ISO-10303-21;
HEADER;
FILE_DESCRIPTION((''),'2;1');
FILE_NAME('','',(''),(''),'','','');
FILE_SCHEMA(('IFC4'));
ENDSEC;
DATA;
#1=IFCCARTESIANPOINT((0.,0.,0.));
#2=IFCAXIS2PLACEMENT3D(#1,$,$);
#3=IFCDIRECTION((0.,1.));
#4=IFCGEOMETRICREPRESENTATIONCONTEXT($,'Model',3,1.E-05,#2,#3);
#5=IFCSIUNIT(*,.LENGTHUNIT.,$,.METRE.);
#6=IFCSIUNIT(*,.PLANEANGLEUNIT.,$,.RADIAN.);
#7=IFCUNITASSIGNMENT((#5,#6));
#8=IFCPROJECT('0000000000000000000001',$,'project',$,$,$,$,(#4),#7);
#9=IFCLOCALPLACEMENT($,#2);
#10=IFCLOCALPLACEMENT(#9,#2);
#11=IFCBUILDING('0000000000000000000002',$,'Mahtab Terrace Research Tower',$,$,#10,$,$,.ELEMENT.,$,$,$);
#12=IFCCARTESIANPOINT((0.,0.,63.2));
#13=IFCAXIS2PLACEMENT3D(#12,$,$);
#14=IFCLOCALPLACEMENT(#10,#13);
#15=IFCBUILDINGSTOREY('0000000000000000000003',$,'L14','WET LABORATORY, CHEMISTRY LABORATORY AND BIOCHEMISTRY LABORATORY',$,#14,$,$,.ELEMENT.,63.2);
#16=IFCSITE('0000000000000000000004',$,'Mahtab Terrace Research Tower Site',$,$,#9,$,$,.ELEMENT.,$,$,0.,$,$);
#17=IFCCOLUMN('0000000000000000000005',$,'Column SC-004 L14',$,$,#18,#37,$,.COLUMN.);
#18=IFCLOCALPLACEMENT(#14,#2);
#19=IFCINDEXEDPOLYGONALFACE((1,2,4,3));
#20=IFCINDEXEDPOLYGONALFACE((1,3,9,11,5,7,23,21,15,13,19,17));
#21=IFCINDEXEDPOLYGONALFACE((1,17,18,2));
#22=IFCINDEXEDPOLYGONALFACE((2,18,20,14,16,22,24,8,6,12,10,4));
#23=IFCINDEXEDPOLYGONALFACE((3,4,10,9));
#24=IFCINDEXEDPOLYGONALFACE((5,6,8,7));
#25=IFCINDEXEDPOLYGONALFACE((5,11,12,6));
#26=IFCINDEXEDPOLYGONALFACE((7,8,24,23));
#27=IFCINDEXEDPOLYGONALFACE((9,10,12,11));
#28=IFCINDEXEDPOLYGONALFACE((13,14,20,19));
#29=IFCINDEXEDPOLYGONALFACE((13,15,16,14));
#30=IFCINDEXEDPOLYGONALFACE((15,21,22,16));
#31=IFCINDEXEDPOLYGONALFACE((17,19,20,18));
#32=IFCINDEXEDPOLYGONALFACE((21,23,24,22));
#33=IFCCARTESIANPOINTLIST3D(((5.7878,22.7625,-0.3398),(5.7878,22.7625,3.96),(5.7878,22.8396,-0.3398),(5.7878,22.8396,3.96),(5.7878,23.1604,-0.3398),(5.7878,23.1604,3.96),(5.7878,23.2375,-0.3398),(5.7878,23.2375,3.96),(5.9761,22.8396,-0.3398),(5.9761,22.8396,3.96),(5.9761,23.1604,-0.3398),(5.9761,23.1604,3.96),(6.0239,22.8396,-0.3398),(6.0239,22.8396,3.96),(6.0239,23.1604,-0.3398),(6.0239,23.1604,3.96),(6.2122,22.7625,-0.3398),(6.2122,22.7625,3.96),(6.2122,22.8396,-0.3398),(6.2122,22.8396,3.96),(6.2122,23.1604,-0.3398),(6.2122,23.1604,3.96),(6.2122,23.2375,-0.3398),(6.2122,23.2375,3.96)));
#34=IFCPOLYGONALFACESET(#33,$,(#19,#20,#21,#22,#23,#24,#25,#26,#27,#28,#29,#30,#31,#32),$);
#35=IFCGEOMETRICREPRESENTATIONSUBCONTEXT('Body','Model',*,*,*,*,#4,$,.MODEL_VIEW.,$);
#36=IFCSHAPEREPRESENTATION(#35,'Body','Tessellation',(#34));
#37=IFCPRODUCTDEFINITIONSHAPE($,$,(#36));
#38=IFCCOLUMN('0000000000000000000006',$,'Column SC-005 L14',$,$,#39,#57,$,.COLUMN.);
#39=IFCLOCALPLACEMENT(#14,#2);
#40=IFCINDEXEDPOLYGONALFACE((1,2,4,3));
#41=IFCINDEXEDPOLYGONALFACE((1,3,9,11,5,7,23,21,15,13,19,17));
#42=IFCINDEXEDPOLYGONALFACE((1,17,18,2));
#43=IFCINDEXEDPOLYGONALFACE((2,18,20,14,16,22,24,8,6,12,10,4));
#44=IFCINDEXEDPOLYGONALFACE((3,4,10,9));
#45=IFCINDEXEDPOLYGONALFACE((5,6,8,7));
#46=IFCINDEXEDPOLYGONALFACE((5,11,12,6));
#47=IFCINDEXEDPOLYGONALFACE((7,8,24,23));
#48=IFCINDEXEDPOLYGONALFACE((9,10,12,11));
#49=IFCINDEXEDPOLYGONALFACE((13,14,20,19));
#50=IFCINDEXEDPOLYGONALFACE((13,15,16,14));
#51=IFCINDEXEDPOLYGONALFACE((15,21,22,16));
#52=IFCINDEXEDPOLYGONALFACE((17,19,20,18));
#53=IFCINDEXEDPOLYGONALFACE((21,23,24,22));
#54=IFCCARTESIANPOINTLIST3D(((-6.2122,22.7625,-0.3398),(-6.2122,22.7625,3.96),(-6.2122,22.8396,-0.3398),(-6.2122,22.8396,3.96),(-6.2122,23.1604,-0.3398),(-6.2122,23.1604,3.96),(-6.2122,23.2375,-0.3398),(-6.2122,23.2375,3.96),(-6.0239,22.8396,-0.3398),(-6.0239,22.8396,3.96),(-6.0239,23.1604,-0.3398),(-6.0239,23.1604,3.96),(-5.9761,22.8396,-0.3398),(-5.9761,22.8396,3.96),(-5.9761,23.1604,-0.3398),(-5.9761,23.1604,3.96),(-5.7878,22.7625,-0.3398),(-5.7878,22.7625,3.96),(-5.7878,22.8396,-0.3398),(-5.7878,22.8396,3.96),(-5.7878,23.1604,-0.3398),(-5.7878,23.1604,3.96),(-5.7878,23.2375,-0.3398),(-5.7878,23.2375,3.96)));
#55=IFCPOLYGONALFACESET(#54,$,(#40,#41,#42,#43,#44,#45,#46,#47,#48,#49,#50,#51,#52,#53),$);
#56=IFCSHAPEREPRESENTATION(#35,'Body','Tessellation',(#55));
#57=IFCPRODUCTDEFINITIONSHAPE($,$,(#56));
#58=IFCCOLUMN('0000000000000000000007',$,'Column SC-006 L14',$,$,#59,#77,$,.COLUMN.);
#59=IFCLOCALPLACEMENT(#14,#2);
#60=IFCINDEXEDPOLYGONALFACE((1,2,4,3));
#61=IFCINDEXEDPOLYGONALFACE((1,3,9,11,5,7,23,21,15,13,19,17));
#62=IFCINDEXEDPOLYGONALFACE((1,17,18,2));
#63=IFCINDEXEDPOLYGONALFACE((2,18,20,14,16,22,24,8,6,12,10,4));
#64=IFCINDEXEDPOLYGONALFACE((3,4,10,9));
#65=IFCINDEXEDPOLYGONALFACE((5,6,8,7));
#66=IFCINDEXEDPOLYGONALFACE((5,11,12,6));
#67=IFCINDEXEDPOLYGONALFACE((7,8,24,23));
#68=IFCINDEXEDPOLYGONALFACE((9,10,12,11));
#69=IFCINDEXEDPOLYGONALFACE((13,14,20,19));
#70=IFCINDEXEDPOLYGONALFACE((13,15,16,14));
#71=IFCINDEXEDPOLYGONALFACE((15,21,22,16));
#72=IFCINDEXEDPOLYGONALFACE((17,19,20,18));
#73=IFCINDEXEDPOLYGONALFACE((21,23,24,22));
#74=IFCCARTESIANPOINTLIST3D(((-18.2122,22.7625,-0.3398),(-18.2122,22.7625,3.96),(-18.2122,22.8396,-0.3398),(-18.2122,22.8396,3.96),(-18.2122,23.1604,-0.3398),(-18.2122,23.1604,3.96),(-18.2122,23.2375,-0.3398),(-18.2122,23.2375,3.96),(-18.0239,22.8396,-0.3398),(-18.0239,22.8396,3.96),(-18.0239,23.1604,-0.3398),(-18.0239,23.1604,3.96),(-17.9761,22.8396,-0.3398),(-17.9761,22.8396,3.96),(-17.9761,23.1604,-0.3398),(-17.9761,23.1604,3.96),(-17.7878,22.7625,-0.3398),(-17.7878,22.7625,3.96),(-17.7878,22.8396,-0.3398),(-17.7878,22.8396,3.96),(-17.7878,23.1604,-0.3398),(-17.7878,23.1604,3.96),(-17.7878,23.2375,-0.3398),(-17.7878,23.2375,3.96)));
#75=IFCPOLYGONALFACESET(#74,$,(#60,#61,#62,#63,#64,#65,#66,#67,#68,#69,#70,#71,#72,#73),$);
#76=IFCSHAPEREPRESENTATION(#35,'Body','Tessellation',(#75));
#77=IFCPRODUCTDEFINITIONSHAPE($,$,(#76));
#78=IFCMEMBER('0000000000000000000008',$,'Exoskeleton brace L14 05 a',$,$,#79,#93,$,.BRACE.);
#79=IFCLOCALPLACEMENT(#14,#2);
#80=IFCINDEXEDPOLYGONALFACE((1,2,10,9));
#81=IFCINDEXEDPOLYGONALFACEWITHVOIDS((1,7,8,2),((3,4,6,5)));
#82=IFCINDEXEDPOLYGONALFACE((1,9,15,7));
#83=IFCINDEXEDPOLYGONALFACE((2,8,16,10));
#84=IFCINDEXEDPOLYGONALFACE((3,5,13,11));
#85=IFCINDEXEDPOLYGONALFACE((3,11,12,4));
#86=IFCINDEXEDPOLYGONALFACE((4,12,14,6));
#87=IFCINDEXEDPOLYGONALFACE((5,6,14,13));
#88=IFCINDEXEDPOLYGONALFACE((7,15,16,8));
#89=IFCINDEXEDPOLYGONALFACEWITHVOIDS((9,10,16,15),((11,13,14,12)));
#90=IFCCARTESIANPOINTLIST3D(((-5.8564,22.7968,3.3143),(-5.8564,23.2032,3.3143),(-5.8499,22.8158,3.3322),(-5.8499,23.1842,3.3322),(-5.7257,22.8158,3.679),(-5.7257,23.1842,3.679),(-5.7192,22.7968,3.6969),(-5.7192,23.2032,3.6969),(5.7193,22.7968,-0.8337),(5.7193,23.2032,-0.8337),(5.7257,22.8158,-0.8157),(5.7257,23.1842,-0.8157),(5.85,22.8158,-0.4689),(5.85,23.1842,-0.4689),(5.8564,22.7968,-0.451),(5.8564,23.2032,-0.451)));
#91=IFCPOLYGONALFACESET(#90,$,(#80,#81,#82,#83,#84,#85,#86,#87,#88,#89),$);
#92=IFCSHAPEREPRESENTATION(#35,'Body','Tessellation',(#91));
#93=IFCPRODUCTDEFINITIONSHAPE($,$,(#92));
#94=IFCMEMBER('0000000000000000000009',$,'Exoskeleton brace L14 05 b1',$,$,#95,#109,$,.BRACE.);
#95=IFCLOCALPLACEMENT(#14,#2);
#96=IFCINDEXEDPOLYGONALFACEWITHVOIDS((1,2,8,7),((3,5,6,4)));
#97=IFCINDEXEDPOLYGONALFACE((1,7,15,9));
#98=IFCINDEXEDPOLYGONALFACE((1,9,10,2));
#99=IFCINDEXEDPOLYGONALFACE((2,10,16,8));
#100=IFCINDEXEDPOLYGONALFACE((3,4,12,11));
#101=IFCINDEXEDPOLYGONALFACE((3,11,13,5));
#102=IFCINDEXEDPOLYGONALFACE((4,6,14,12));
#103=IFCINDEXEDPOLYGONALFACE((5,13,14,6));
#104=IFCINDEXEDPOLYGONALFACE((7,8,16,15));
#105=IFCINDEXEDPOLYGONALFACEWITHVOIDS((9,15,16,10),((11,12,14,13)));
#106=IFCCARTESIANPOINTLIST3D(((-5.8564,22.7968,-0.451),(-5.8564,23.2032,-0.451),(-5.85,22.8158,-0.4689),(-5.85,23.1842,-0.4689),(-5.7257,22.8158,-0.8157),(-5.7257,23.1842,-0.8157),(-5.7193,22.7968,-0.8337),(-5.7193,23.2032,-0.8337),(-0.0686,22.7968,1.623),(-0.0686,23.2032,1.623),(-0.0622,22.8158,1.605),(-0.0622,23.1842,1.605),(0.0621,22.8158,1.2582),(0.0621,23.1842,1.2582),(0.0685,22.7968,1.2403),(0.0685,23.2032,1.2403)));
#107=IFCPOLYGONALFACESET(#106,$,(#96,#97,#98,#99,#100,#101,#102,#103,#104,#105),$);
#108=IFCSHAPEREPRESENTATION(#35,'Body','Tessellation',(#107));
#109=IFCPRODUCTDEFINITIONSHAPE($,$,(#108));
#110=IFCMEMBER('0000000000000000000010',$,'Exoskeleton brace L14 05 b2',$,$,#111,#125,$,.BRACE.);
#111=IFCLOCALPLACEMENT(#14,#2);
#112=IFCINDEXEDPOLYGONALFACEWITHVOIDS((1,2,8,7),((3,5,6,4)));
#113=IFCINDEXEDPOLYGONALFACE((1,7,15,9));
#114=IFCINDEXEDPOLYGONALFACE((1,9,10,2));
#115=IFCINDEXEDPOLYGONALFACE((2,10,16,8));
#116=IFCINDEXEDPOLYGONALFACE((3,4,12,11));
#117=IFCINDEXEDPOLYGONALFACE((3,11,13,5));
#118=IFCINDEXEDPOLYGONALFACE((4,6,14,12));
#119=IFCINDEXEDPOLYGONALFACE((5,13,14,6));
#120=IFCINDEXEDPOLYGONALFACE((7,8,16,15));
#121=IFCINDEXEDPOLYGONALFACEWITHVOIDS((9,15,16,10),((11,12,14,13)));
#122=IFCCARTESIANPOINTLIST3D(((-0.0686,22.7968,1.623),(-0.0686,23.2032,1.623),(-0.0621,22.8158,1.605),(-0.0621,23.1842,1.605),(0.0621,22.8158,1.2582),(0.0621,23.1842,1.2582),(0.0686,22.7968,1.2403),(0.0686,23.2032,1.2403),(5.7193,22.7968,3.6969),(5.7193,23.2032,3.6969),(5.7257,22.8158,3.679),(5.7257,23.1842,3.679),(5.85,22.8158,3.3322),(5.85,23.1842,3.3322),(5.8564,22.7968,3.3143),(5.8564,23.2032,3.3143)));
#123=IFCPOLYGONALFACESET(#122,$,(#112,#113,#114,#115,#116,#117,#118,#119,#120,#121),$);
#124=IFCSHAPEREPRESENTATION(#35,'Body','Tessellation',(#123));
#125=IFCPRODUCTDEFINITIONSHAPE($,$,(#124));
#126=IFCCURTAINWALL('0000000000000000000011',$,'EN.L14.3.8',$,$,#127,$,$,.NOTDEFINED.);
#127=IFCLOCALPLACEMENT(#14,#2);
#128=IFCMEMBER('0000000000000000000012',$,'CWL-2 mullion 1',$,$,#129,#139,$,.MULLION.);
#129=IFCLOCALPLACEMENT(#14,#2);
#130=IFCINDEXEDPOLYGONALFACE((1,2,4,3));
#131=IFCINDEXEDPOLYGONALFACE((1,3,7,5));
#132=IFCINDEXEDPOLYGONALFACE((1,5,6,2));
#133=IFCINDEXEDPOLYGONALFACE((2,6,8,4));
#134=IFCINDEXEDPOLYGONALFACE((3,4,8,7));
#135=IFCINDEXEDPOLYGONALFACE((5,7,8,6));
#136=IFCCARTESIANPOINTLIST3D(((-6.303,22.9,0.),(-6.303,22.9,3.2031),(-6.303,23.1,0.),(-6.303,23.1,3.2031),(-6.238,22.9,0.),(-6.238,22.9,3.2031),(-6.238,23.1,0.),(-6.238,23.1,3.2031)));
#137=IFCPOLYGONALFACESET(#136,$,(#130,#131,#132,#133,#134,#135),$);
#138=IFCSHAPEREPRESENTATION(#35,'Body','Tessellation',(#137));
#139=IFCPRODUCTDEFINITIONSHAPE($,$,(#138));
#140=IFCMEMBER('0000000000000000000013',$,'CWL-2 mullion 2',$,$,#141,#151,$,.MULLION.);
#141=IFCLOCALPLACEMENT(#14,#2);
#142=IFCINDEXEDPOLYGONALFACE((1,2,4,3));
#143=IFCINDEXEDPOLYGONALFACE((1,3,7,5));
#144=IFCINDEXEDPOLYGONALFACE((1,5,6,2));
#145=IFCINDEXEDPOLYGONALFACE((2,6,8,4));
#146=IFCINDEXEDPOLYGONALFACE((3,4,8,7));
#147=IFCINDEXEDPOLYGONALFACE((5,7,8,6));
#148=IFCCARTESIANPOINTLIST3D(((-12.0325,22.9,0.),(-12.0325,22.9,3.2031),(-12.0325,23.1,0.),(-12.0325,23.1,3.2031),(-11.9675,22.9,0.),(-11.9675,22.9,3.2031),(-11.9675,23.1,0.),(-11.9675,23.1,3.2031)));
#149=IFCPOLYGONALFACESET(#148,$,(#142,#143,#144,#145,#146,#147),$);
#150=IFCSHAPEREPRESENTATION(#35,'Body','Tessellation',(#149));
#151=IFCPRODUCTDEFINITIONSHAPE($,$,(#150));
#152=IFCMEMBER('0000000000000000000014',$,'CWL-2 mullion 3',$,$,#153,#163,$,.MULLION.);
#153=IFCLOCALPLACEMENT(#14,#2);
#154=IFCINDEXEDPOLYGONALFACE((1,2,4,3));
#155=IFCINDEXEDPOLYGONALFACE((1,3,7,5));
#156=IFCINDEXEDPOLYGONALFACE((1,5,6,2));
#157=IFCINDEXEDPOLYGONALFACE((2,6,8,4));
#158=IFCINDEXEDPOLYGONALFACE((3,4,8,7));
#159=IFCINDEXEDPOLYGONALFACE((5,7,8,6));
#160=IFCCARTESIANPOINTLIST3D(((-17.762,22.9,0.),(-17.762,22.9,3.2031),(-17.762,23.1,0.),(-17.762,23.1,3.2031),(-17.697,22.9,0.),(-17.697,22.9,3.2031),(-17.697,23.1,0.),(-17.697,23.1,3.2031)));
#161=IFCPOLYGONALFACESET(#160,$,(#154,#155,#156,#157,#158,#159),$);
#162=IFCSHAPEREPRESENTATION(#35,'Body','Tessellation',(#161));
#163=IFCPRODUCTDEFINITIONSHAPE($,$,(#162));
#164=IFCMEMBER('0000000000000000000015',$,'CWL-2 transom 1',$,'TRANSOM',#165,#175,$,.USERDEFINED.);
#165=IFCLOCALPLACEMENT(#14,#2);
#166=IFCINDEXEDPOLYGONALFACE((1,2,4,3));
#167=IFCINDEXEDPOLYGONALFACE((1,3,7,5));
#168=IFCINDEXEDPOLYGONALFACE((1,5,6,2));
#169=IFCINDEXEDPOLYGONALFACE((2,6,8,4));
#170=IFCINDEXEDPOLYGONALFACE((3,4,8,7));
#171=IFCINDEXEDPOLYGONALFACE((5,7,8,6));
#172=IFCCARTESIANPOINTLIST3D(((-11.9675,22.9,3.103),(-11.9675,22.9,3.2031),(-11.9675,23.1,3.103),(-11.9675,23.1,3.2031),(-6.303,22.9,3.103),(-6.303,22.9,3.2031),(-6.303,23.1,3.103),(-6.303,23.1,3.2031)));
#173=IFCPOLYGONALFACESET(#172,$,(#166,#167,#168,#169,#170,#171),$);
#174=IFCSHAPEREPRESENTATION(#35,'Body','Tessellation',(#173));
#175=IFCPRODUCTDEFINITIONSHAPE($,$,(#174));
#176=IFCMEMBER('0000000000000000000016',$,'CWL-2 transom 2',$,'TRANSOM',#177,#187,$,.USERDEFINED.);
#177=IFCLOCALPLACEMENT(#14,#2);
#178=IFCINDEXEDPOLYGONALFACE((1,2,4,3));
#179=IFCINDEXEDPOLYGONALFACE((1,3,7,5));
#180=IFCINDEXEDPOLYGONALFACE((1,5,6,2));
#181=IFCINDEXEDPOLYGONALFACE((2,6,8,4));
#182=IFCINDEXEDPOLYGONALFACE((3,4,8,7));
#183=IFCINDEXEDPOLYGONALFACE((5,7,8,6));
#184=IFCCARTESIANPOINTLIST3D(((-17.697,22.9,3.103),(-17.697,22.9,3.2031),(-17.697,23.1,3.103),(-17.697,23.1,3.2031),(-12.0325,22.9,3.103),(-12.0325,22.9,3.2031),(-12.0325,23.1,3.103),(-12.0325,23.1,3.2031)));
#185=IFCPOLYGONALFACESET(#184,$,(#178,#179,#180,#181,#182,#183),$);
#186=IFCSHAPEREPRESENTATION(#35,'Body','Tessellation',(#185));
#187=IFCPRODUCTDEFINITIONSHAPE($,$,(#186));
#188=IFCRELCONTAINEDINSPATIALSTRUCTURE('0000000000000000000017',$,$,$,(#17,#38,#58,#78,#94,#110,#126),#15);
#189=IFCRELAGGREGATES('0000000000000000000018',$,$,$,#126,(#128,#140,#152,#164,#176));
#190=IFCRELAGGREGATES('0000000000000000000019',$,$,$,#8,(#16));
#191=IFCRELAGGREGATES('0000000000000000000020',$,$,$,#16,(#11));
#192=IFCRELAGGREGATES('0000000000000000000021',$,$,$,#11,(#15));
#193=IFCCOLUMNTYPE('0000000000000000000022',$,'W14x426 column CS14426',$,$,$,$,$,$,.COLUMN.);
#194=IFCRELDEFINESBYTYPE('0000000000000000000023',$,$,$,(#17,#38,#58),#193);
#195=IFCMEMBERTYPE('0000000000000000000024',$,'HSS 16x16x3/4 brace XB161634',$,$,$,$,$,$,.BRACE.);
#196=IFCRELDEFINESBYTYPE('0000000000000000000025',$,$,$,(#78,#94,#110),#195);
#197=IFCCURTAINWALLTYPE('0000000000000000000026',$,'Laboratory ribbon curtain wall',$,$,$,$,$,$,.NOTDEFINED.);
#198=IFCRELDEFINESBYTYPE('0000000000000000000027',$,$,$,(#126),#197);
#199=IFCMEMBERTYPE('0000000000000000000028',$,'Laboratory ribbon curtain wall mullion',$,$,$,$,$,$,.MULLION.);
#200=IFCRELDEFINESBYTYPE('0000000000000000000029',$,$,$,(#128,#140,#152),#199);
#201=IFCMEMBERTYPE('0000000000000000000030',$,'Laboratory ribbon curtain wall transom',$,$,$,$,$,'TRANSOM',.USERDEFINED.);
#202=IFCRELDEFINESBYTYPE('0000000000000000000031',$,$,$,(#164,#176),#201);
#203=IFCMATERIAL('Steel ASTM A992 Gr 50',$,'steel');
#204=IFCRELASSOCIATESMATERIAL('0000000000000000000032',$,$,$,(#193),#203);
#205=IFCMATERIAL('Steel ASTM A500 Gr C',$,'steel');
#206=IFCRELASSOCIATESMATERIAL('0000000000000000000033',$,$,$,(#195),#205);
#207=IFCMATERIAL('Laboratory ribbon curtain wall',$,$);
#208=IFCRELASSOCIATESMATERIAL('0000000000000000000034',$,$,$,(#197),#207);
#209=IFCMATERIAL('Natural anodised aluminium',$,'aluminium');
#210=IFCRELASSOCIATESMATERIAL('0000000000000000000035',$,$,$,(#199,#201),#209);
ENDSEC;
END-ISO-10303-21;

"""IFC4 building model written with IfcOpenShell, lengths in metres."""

from ifc_helpers import new_model, si_unit, direction, frame, origin, origin_2d, place, context, subcontext, project, spatial, rectangle, hollow_rectangle, i_section, extrude, material, material_profile, profile_set, type_object, element, aggregate, save


model = new_model("IFC4")

# Units and contexts
model_context = context("Model", 3, precision=1e-05, world=origin(), true_north=direction((0.0, 1.0)))
body_context = subcontext(model_context, "Body", "Model", "MODEL_VIEW")
ifc_project = project(units=[si_unit("LENGTHUNIT", "METRE"), si_unit("PLANEANGLEUNIT", "RADIAN")], contexts=[model_context])

# Site, building, storey
site_placement = place(None, origin())
site = spatial("IfcSite", under=ifc_project, at=site_placement, Name="Mahtab Terrace Research Tower Site", CompositionType="ELEMENT", RefElevation=0.0)
building_placement = place(site_placement, origin())
building = spatial("IfcBuilding", under=site, at=building_placement, Name="Mahtab Terrace Research Tower", CompositionType="ELEMENT")
storey_placement = place(building_placement, frame((0.0, 0.0, 63.2)))
storey = spatial("IfcBuildingStorey", under=building, at=storey_placement, Name="L14", Description="WET LABORATORY, CHEMISTRY LABORATORY AND BIOCHEMISTRY LABORATORY", CompositionType="ELEMENT", Elevation=63.2)

# Columns
ifc_material_1 = material(Name="Steel ASTM A992 Gr 50", Category="steel")
ifc_material_profile_1 = material_profile(ifc_material_1, i_section(OverallWidth=0.4243, OverallDepth=0.4751, WebThickness=0.0479, FlangeThickness=0.0771, at=origin_2d()), Name="W14X426")
ifc_profile_set_1 = profile_set([ifc_material_profile_1], Name="Steel ASTM A992 Gr 50")
column_type = type_object("IfcColumnType", Name="W14x426 column CS14426", PredefinedType="COLUMN", material=ifc_profile_set_1)
for number, where, z_axis, x_axis, name in (
    (1, (6.0, 23.0, -0.3398), (0.0, 0.0, 1.0), (1.0, 0.0, 0.0), "Column SC-004 L14"),
    (2, (-6.0, 23.0, -0.3398), (0.0, 0.0, 1.0), (1.0, 0.0, 0.0), "Column SC-005 L14"),
    (3, (-18.0, 23.0, -0.3398), (0.0, 0.0, 1.0), (1.0, 0.0, 0.0), "Column SC-006 L14"),
):
    element("IfcColumn", number, at=place(storey_placement, frame(where, z_axis=z_axis, x_axis=x_axis)), inside=storey, type_object=column_type, Name=name, PredefinedType="COLUMN", context=body_context, shape_type="SweptSolid", body=[
        extrude(i_section(OverallWidth=0.4243, OverallDepth=0.4751, WebThickness=0.0479, FlangeThickness=0.0771, at=origin_2d()), origin(), (0.0, 0.0, 1.0), 4.2998),
    ])

# Members
ifc_material_2 = material(Name="Steel ASTM A500 Gr C", Category="steel")
ifc_material_profile_2 = material_profile(ifc_material_2, hollow_rectangle(XDim=0.4065, YDim=0.4065, WallThickness=0.019, at=origin_2d()), Name="HSS16X16X3/4")
ifc_profile_set_2 = profile_set([ifc_material_profile_2], Name="Steel ASTM A500 Gr C")
member_type_1 = type_object("IfcMemberType", Name="HSS 16x16x3/4 brace XB161634", PredefinedType="BRACE", material=ifc_profile_set_2)
member_1_placement = place(storey_placement, frame((5.7878, 23.0, -0.6423), z_axis=(-0.941387, 0.0, 0.33733), x_axis=(0.0, -1.0, 0.0)))
element("IfcMember", 4, at=member_1_placement, inside=storey, type_object=member_type_1, Name="Exoskeleton brace L14 05 a", PredefinedType="BRACE", context=body_context, shape_type="SweptSolid", body=[
    extrude(hollow_rectangle(XDim=0.4065, YDim=0.4065, WallThickness=0.019, at=origin_2d()), origin(), (0.0, 0.0, 1.0), 12.2964),
])
for number, where, z_axis, x_axis, name in (
    (5, (-5.7878, 23.0, -0.6423), (0.941387, 0.0, 0.33733), (0.0, 1.0, 0.0), "Exoskeleton brace L14 05 b1"),
    (6, (0.0, 23.0, 1.4316), (0.941387, 0.0, 0.33733), (0.0, 1.0, 0.0), "Exoskeleton brace L14 05 b2"),
):
    element("IfcMember", number, at=place(storey_placement, frame(where, z_axis=z_axis, x_axis=x_axis)), inside=storey, type_object=member_type_1, Name=name, PredefinedType="BRACE", context=body_context, shape_type="SweptSolid", body=[
        extrude(hollow_rectangle(XDim=0.4065, YDim=0.4065, WallThickness=0.019, at=origin_2d()), origin(), (0.0, 0.0, 1.0), 6.1482),
    ])

# Curtain wall, members
ifc_material_3 = material(Name="Laboratory ribbon curtain wall")
curtain_wall_type = type_object("IfcCurtainWallType", Name="Laboratory ribbon curtain wall", PredefinedType="NOTDEFINED", material=ifc_material_3)
curtain_wall_placement = place(storey_placement, origin())
curtain_wall = element("IfcCurtainWall", 7, at=curtain_wall_placement, inside=storey, type_object=curtain_wall_type, Name="EN.L14.3.8", PredefinedType="NOTDEFINED")
ifc_material_4 = material(Name="Natural anodised aluminium", Category="aluminium")
ifc_material_profile_3 = material_profile(ifc_material_4, rectangle(XDim=0.2, YDim=0.0649, at=origin_2d()), Name="MULLION 65x200")
ifc_profile_set_3 = profile_set([ifc_material_profile_3], Name="Natural anodised aluminium")
member_type_2 = type_object("IfcMemberType", Name="Laboratory ribbon curtain wall mullion", PredefinedType="MULLION", material=ifc_profile_set_3)
member_2_placement = place(storey_placement, frame((-6.2705, 23.0, 0.0), z_axis=(0.0, 0.0, 1.0), x_axis=(0.0, -1.0, 0.0)))
member_2 = element("IfcMember", 8, at=member_2_placement, type_object=member_type_2, Name="CWL-2 mullion 1", PredefinedType="MULLION", context=body_context, shape_type="SweptSolid", body=[
    extrude(rectangle(XDim=0.2, YDim=0.0649, at=origin_2d()), origin(), (0.0, 0.0, 1.0), 3.2031),
])
member_3_placement = place(storey_placement, frame((-12.0, 23.0, 0.0), z_axis=(0.0, 0.0, 1.0), x_axis=(0.0, -1.0, 0.0)))
member_3 = element("IfcMember", 9, at=member_3_placement, type_object=member_type_2, Name="CWL-2 mullion 2", PredefinedType="MULLION", context=body_context, shape_type="SweptSolid", body=[
    extrude(rectangle(XDim=0.2, YDim=0.0649, at=origin_2d()), origin(), (0.0, 0.0, 1.0), 3.2031),
])
member_4_placement = place(storey_placement, frame((-17.7295, 23.0, 0.0), z_axis=(0.0, 0.0, 1.0), x_axis=(0.0, -1.0, 0.0)))
member_4 = element("IfcMember", 10, at=member_4_placement, type_object=member_type_2, Name="CWL-2 mullion 3", PredefinedType="MULLION", context=body_context, shape_type="SweptSolid", body=[
    extrude(rectangle(XDim=0.2, YDim=0.0649, at=origin_2d()), origin(), (0.0, 0.0, 1.0), 3.2031),
])
ifc_material_profile_4 = material_profile(ifc_material_4, rectangle(XDim=0.2, YDim=0.1001, at=origin_2d()), Name="TRANSOM 100x200")
ifc_profile_set_4 = profile_set([ifc_material_profile_4], Name="Natural anodised aluminium")
member_type_3 = type_object("IfcMemberType", Name="Laboratory ribbon curtain wall transom", ElementType="TRANSOM", PredefinedType="USERDEFINED", material=ifc_profile_set_4)
member_5_placement = place(storey_placement, frame((-6.303, 23.0, 3.1531), z_axis=(-1.0, 0.0, 0.0), x_axis=(0.0, -1.0, 0.0)))
member_5 = element("IfcMember", 11, at=member_5_placement, type_object=member_type_3, Name="CWL-2 transom 1", ObjectType="TRANSOM", PredefinedType="USERDEFINED", context=body_context, shape_type="SweptSolid", body=[
    extrude(rectangle(XDim=0.2, YDim=0.1001, at=origin_2d()), origin(), (0.0, 0.0, 1.0), 5.6646),
])
member_6_placement = place(storey_placement, frame((-12.0325, 23.0, 3.1531), z_axis=(-1.0, 0.0, 0.0), x_axis=(0.0, -1.0, 0.0)))
member_6 = element("IfcMember", 12, at=member_6_placement, type_object=member_type_3, Name="CWL-2 transom 2", ObjectType="TRANSOM", PredefinedType="USERDEFINED", context=body_context, shape_type="SweptSolid", body=[
    extrude(rectangle(XDim=0.2, YDim=0.1001, at=origin_2d()), origin(), (0.0, 0.0, 1.0), 5.6646),
])

aggregate(curtain_wall, [member_2, member_3, member_4, member_5, member_6])

save(model, "model.ifc")
